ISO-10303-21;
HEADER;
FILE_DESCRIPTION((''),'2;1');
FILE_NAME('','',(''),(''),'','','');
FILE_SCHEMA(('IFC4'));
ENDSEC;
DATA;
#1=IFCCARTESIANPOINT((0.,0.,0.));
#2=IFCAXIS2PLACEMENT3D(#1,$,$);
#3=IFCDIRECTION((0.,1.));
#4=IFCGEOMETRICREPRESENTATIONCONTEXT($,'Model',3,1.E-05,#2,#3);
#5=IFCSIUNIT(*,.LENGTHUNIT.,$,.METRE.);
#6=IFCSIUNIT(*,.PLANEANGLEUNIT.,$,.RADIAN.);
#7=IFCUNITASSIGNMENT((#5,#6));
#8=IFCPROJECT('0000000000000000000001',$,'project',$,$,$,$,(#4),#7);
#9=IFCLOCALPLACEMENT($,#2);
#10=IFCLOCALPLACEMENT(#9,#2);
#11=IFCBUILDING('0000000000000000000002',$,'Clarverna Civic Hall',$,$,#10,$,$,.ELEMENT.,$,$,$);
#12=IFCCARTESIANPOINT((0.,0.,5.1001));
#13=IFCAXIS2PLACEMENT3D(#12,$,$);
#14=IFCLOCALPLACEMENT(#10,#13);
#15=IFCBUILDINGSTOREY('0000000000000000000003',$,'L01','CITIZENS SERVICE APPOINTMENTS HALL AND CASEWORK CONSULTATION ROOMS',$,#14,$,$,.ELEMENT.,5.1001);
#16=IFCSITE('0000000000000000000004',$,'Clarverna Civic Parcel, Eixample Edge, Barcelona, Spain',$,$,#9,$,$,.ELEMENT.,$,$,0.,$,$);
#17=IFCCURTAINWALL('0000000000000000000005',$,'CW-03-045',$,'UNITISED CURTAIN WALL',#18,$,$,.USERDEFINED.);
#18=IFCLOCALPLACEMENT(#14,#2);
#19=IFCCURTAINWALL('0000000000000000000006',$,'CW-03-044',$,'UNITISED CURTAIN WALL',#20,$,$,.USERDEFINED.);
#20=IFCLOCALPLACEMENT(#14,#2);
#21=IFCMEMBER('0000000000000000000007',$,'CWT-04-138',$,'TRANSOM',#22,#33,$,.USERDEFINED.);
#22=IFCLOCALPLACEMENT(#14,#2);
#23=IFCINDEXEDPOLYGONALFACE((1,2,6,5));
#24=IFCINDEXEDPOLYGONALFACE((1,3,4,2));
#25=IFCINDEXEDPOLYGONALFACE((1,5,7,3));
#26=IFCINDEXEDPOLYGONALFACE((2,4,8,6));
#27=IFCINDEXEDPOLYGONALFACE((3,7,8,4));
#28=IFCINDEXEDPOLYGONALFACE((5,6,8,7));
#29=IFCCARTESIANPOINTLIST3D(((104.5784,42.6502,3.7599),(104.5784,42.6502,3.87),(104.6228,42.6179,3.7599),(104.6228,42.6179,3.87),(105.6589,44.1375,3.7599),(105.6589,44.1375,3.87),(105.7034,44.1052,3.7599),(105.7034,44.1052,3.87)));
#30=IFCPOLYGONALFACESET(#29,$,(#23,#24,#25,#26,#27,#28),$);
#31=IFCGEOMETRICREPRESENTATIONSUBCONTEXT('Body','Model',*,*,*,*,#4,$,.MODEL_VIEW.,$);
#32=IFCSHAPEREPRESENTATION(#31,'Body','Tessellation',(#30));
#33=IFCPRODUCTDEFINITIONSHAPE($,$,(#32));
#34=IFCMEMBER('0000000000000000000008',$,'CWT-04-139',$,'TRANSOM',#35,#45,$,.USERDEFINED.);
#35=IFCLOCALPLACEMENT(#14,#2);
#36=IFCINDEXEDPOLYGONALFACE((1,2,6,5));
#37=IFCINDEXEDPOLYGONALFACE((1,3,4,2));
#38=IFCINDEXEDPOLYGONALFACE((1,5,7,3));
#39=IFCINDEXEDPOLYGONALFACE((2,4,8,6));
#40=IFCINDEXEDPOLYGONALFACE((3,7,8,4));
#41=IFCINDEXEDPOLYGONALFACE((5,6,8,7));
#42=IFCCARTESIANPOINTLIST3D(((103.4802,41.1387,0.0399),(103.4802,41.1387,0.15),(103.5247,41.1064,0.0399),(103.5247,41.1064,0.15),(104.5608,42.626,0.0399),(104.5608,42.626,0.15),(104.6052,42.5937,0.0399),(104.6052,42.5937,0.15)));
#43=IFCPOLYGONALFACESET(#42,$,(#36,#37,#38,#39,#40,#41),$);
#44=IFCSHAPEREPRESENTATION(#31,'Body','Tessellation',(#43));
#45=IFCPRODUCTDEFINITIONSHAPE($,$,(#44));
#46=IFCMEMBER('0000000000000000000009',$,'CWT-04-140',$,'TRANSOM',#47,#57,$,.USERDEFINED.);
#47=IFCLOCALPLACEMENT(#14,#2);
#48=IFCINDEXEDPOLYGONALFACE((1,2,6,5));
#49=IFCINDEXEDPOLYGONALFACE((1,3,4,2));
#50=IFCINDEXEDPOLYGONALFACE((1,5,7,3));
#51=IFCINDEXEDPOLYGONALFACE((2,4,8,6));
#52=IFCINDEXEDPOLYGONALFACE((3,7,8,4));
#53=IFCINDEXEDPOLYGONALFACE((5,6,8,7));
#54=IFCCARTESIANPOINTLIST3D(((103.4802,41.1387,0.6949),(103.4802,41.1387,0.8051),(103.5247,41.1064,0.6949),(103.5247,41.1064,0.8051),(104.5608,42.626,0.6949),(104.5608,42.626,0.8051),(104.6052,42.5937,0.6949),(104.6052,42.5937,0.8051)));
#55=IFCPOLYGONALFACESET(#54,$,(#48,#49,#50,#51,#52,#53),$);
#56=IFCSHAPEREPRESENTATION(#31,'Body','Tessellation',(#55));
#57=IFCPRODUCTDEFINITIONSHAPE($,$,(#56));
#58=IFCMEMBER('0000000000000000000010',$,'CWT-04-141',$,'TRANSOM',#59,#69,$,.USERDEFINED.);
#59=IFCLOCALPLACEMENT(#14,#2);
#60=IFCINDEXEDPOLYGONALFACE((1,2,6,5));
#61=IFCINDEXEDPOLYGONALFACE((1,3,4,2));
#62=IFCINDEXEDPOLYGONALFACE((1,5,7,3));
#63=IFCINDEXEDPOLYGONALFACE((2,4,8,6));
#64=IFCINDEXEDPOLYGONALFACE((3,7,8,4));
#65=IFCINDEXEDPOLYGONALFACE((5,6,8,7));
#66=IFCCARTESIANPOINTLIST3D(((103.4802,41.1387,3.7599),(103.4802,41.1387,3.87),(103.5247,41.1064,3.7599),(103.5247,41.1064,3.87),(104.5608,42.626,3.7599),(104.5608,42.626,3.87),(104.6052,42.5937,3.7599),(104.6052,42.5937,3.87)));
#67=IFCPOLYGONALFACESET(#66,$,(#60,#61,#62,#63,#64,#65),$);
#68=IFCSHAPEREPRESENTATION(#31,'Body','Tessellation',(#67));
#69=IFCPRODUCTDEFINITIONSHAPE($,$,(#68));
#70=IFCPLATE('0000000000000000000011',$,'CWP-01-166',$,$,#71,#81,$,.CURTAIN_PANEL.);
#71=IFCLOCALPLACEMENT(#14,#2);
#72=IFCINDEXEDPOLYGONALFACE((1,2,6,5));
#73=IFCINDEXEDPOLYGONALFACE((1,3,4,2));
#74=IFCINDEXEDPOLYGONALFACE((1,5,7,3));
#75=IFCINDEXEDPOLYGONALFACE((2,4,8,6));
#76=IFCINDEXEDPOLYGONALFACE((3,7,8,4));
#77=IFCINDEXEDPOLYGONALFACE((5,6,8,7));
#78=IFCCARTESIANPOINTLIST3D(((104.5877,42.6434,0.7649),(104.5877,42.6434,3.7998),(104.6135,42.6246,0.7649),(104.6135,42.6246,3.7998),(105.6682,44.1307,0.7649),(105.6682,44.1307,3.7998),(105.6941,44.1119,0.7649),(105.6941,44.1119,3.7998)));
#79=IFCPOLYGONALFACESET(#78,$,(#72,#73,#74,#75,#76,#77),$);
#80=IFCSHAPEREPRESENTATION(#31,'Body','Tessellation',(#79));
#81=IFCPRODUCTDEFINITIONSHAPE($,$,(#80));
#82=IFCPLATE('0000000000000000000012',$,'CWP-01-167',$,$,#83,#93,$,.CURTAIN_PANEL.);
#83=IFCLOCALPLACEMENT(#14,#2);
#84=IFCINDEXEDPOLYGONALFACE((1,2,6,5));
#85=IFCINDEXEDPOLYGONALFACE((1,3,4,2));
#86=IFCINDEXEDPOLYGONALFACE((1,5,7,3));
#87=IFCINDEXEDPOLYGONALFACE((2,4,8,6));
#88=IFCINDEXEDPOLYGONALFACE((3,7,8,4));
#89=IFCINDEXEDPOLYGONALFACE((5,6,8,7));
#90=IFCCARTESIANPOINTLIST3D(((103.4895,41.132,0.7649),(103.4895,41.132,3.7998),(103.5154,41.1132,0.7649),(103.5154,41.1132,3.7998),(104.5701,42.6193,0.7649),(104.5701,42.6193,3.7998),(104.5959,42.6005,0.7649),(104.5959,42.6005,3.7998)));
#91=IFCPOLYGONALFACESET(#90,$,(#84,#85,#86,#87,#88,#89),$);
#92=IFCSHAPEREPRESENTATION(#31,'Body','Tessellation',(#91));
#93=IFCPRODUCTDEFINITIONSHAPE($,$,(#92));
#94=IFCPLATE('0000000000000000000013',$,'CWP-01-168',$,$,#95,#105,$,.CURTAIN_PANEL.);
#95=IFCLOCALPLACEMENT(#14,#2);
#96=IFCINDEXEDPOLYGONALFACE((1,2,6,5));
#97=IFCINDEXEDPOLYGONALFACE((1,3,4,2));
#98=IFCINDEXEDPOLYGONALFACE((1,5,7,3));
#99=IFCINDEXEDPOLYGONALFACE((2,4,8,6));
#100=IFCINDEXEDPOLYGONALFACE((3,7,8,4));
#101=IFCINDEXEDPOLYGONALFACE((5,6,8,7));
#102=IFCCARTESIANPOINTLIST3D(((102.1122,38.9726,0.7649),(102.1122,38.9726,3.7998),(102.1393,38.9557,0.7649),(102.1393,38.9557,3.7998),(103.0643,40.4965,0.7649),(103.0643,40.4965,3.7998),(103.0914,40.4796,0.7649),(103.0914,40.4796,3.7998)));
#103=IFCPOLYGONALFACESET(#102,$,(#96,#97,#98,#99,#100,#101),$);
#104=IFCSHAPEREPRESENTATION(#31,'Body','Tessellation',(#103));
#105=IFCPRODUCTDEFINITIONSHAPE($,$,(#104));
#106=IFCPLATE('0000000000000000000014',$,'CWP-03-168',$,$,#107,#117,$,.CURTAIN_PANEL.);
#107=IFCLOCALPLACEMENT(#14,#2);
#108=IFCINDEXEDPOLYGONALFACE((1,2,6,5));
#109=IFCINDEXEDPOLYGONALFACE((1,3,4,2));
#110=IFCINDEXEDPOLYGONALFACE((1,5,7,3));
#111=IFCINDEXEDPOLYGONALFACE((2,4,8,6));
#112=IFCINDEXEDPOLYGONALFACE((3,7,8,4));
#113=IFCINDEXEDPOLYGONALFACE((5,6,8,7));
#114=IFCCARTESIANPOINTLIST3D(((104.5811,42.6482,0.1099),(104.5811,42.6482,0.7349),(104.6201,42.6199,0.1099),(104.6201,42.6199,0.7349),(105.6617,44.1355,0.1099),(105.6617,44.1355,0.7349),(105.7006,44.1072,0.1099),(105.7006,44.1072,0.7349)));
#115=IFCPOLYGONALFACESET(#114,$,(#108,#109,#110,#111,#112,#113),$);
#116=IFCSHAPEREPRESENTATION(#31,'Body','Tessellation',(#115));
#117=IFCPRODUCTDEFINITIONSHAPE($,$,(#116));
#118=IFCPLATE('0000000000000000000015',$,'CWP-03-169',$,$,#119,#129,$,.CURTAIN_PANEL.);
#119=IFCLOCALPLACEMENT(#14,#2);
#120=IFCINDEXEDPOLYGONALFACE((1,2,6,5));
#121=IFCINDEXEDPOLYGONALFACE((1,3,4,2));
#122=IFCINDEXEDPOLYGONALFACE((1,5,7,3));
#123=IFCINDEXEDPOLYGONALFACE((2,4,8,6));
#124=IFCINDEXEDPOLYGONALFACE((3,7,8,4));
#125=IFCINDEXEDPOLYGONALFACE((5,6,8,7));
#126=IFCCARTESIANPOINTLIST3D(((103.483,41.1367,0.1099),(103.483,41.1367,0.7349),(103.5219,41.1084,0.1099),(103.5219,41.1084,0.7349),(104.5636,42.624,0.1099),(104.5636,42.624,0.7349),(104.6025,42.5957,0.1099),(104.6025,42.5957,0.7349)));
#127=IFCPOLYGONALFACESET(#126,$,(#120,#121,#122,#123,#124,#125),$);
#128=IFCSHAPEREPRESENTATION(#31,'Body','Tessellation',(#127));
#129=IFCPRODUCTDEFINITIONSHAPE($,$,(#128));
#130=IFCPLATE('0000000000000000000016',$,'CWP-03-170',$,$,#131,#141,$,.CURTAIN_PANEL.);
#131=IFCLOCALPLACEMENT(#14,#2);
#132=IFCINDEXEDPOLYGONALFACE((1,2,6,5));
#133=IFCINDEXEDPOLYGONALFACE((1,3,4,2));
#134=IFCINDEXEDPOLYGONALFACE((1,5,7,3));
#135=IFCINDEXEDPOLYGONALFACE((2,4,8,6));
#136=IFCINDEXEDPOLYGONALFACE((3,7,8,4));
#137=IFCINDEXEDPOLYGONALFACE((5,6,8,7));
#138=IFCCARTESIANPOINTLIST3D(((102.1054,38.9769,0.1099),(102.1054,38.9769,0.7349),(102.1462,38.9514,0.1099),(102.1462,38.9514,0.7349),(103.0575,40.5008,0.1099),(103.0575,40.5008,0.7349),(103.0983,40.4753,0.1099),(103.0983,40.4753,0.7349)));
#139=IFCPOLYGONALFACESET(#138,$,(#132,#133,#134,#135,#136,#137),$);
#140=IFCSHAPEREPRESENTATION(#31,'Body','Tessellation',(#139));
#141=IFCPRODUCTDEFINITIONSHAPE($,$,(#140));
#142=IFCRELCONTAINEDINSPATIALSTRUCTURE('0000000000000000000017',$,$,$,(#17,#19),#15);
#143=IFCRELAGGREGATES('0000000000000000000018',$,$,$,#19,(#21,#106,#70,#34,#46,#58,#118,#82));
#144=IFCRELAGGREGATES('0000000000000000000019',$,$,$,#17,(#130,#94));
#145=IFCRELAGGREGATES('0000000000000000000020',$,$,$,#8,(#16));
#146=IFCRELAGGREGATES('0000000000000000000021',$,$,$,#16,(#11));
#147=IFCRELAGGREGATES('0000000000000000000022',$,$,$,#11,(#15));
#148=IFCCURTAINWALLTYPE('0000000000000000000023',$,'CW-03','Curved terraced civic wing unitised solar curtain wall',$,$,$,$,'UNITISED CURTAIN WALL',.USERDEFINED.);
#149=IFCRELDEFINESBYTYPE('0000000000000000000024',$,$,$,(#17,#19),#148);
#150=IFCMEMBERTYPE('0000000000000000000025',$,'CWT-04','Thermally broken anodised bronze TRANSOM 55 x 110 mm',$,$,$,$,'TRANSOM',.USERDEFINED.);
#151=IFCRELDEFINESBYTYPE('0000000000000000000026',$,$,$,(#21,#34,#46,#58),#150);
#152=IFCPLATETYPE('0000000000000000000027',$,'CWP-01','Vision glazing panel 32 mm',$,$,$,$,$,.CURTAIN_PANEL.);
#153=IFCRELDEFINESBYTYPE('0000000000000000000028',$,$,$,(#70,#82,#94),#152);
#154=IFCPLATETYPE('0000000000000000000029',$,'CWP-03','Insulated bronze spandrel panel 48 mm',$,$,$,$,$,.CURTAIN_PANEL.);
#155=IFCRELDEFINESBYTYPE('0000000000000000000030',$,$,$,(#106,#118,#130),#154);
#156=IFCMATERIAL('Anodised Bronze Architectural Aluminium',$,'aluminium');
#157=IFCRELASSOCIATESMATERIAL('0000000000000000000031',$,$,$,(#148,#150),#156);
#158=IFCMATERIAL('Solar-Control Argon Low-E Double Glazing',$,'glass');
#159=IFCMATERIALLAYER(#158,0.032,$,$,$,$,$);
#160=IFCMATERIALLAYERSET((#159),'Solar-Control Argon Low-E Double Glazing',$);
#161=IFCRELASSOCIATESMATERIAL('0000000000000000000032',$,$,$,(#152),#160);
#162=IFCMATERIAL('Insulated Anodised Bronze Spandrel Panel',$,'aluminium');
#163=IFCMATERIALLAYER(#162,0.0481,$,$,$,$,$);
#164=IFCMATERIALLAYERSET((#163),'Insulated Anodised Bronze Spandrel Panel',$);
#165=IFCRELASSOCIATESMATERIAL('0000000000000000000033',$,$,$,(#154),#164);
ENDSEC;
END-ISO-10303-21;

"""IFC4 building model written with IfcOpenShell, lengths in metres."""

from ifc_helpers import new_model, si_unit, direction, frame, frame_2d, origin, origin_2d, place, context, subcontext, project, spatial, rectangle, extrude, material, layer, layer_set, material_profile, profile_set, type_object, element, aggregate, save


model = new_model("IFC4")

# Units and contexts
model_context = context("Model", 3, precision=1e-05, world=origin(), true_north=direction((0.0, 1.0)))
body_context = subcontext(model_context, "Body", "Model", "MODEL_VIEW")
ifc_project = project(units=[si_unit("LENGTHUNIT", "METRE"), si_unit("PLANEANGLEUNIT", "RADIAN")], contexts=[model_context])

# Site, building, storey
site_placement = place(None, origin())
site = spatial("IfcSite", under=ifc_project, at=site_placement, Name="Clarverna Civic Parcel, Eixample Edge, Barcelona, Spain", CompositionType="ELEMENT", RefElevation=0.0)
building_placement = place(site_placement, origin())
building = spatial("IfcBuilding", under=site, at=building_placement, Name="Clarverna Civic Hall", CompositionType="ELEMENT")
storey_placement = place(building_placement, frame((0.0, 0.0, 5.1001)))
storey = spatial("IfcBuildingStorey", under=building, at=storey_placement, Name="L01", Description="CITIZENS SERVICE APPOINTMENTS HALL AND CASEWORK CONSULTATION ROOMS", CompositionType="ELEMENT", Elevation=5.1001)

# Curtain wall
ifc_material_1 = material(Name="Anodised Bronze Architectural Aluminium", Category="aluminium")
curtain_wall_type = type_object("IfcCurtainWallType", Name="CW-03", Description="Curved terraced civic wing unitised solar curtain wall", ElementType="UNITISED CURTAIN WALL", PredefinedType="USERDEFINED", material=ifc_material_1)
curtain_wall_1_placement = place(storey_placement, origin())
curtain_wall_1 = element("IfcCurtainWall", 1, at=curtain_wall_1_placement, inside=storey, type_object=curtain_wall_type, Name="CW-03-045", ObjectType="UNITISED CURTAIN WALL", PredefinedType="USERDEFINED")

# Curtain wall
curtain_wall_2_placement = place(storey_placement, origin())
curtain_wall_2 = element("IfcCurtainWall", 2, at=curtain_wall_2_placement, inside=storey, type_object=curtain_wall_type, Name="CW-03-044", ObjectType="UNITISED CURTAIN WALL", PredefinedType="USERDEFINED")

# Members
ifc_material_profile_1 = material_profile(ifc_material_1, rectangle(XDim=0.0549, YDim=0.1101, at=origin_2d()), Name="BRONZE 55x110")
ifc_profile_set_1 = profile_set([ifc_material_profile_1], Name="Anodised Bronze Architectural Aluminium")
member_type_1 = type_object("IfcMemberType", Name="CWT-04", Description="Thermally broken anodised bronze TRANSOM 55 x 110 mm", ElementType="TRANSOM", PredefinedType="USERDEFINED", material=ifc_profile_set_1)
member_1_placement = place(storey_placement, frame((105.6812, 44.1213, 3.8149), z_axis=(-0.587777, -0.809023, 0.0), x_axis=(0.809023, -0.587777, 0.0)))
member_1 = element("IfcMember", 3, at=member_1_placement, type_object=member_type_1, Name="CWT-04-138", ObjectType="TRANSOM", PredefinedType="USERDEFINED", context=body_context, shape_type="SweptSolid", body=[
    extrude(rectangle(XDim=0.0549, YDim=0.1101, at=origin_2d()), origin(), (0.0, 0.0, 1.0), 1.8384),
])
member_2_placement = place(storey_placement, frame((104.583, 42.6099, 0.095), z_axis=(-0.587777, -0.809023, 0.0), x_axis=(0.809023, -0.587777, 0.0)))
member_2 = element("IfcMember", 4, at=member_2_placement, type_object=member_type_1, Name="CWT-04-139", ObjectType="TRANSOM", PredefinedType="USERDEFINED", context=body_context, shape_type="SweptSolid", body=[
    extrude(rectangle(XDim=0.0549, YDim=0.1101, at=origin_2d()), origin(), (0.0, 0.0, 1.0), 1.8384),
])
member_3_placement = place(storey_placement, frame((104.583, 42.6099, 0.75), z_axis=(-0.587777, -0.809023, 0.0), x_axis=(0.809023, -0.587777, 0.0)))
member_3 = element("IfcMember", 5, at=member_3_placement, type_object=member_type_1, Name="CWT-04-140", ObjectType="TRANSOM", PredefinedType="USERDEFINED", context=body_context, shape_type="SweptSolid", body=[
    extrude(rectangle(XDim=0.0549, YDim=0.1101, at=origin_2d()), origin(), (0.0, 0.0, 1.0), 1.8384),
])
member_4_placement = place(storey_placement, frame((104.583, 42.6099, 3.8149), z_axis=(-0.587777, -0.809023, 0.0), x_axis=(0.809023, -0.587777, 0.0)))
member_4 = element("IfcMember", 6, at=member_4_placement, type_object=member_type_1, Name="CWT-04-141", ObjectType="TRANSOM", PredefinedType="USERDEFINED", context=body_context, shape_type="SweptSolid", body=[
    extrude(rectangle(XDim=0.0549, YDim=0.1101, at=origin_2d()), origin(), (0.0, 0.0, 1.0), 1.8384),
])

# Plates
ifc_material_2 = material(Name="Solar-Control Argon Low-E Double Glazing", Category="glass")
ifc_layer_1 = layer(ifc_material_2, 0.032)
ifc_layer_set_1 = layer_set([ifc_layer_1], Name="Solar-Control Argon Low-E Double Glazing")
plate_type_1 = type_object("IfcPlateType", Name="CWP-01", Description="Vision glazing panel 32 mm", PredefinedType="CURTAIN_PANEL", material=ifc_layer_set_1)
plate_1_placement = place(storey_placement, frame((105.6812, 44.1213, 0.7649), z_axis=(0.0, 0.0, 1.0), x_axis=(-0.587777, -0.809023, 0.0)))
plate_1 = element("IfcPlate", 7, at=plate_1_placement, type_object=plate_type_1, Name="CWP-01-166", PredefinedType="CURTAIN_PANEL", context=body_context, shape_type="SweptSolid", body=[
    extrude(rectangle(XDim=1.8384, YDim=0.032, at=frame_2d((0.9192, 0.0))), origin(), (0.0, 0.0, 1.0), 3.0349),
])
plate_2_placement = place(storey_placement, frame((104.583, 42.6099, 0.7649), z_axis=(0.0, 0.0, 1.0), x_axis=(-0.587777, -0.809023, 0.0)))
plate_2 = element("IfcPlate", 8, at=plate_2_placement, type_object=plate_type_1, Name="CWP-01-167", PredefinedType="CURTAIN_PANEL", context=body_context, shape_type="SweptSolid", body=[
    extrude(rectangle(XDim=1.8384, YDim=0.032, at=frame_2d((0.9192, 0.0))), origin(), (0.0, 0.0, 1.0), 3.0349),
])
plate_3_placement = place(storey_placement, frame((103.0779, 40.488, 0.7649), z_axis=(0.0, 0.0, 1.0), x_axis=(-0.529877, -0.848075, 0.0)))
plate_3 = element("IfcPlate", 9, at=plate_3_placement, type_object=plate_type_1, Name="CWP-01-168", PredefinedType="CURTAIN_PANEL", context=body_context, shape_type="SweptSolid", body=[
    extrude(rectangle(XDim=1.7969, YDim=0.032, at=frame_2d((0.8984, 0.0))), origin(), (0.0, 0.0, 1.0), 3.0349),
])
ifc_material_3 = material(Name="Insulated Anodised Bronze Spandrel Panel", Category="aluminium")
ifc_layer_2 = layer(ifc_material_3, 0.0481)
ifc_layer_set_2 = layer_set([ifc_layer_2], Name="Insulated Anodised Bronze Spandrel Panel")
plate_type_2 = type_object("IfcPlateType", Name="CWP-03", Description="Insulated bronze spandrel panel 48 mm", PredefinedType="CURTAIN_PANEL", material=ifc_layer_set_2)
plate_4_placement = place(storey_placement, frame((105.6812, 44.1213, 0.1099), z_axis=(0.0, 0.0, 1.0), x_axis=(-0.587777, -0.809023, 0.0)))
plate_4 = element("IfcPlate", 10, at=plate_4_placement, type_object=plate_type_2, Name="CWP-03-168", PredefinedType="CURTAIN_PANEL", context=body_context, shape_type="SweptSolid", body=[
    extrude(rectangle(XDim=1.8384, YDim=0.0481, at=frame_2d((0.9192, 0.0))), origin(), (0.0, 0.0, 1.0), 0.625),
])
plate_5_placement = place(storey_placement, frame((104.583, 42.6099, 0.1099), z_axis=(0.0, 0.0, 1.0), x_axis=(-0.587777, -0.809023, 0.0)))
plate_5 = element("IfcPlate", 11, at=plate_5_placement, type_object=plate_type_2, Name="CWP-03-169", PredefinedType="CURTAIN_PANEL", context=body_context, shape_type="SweptSolid", body=[
    extrude(rectangle(XDim=1.8384, YDim=0.0481, at=frame_2d((0.9192, 0.0))), origin(), (0.0, 0.0, 1.0), 0.625),
])
aggregate(curtain_wall_2, [member_1, plate_4, plate_1, member_2, member_3, member_4, plate_5, plate_2])
plate_6_placement = place(storey_placement, frame((103.0779, 40.488, 0.1099), z_axis=(0.0, 0.0, 1.0), x_axis=(-0.529877, -0.848075, 0.0)))
plate_6 = element("IfcPlate", 12, at=plate_6_placement, type_object=plate_type_2, Name="CWP-03-170", PredefinedType="CURTAIN_PANEL", context=body_context, shape_type="SweptSolid", body=[
    extrude(rectangle(XDim=1.7969, YDim=0.0481, at=frame_2d((0.8984, 0.0))), origin(), (0.0, 0.0, 1.0), 0.625),
])
aggregate(curtain_wall_1, [plate_6, plate_3])

save(model, "model.ifc")
